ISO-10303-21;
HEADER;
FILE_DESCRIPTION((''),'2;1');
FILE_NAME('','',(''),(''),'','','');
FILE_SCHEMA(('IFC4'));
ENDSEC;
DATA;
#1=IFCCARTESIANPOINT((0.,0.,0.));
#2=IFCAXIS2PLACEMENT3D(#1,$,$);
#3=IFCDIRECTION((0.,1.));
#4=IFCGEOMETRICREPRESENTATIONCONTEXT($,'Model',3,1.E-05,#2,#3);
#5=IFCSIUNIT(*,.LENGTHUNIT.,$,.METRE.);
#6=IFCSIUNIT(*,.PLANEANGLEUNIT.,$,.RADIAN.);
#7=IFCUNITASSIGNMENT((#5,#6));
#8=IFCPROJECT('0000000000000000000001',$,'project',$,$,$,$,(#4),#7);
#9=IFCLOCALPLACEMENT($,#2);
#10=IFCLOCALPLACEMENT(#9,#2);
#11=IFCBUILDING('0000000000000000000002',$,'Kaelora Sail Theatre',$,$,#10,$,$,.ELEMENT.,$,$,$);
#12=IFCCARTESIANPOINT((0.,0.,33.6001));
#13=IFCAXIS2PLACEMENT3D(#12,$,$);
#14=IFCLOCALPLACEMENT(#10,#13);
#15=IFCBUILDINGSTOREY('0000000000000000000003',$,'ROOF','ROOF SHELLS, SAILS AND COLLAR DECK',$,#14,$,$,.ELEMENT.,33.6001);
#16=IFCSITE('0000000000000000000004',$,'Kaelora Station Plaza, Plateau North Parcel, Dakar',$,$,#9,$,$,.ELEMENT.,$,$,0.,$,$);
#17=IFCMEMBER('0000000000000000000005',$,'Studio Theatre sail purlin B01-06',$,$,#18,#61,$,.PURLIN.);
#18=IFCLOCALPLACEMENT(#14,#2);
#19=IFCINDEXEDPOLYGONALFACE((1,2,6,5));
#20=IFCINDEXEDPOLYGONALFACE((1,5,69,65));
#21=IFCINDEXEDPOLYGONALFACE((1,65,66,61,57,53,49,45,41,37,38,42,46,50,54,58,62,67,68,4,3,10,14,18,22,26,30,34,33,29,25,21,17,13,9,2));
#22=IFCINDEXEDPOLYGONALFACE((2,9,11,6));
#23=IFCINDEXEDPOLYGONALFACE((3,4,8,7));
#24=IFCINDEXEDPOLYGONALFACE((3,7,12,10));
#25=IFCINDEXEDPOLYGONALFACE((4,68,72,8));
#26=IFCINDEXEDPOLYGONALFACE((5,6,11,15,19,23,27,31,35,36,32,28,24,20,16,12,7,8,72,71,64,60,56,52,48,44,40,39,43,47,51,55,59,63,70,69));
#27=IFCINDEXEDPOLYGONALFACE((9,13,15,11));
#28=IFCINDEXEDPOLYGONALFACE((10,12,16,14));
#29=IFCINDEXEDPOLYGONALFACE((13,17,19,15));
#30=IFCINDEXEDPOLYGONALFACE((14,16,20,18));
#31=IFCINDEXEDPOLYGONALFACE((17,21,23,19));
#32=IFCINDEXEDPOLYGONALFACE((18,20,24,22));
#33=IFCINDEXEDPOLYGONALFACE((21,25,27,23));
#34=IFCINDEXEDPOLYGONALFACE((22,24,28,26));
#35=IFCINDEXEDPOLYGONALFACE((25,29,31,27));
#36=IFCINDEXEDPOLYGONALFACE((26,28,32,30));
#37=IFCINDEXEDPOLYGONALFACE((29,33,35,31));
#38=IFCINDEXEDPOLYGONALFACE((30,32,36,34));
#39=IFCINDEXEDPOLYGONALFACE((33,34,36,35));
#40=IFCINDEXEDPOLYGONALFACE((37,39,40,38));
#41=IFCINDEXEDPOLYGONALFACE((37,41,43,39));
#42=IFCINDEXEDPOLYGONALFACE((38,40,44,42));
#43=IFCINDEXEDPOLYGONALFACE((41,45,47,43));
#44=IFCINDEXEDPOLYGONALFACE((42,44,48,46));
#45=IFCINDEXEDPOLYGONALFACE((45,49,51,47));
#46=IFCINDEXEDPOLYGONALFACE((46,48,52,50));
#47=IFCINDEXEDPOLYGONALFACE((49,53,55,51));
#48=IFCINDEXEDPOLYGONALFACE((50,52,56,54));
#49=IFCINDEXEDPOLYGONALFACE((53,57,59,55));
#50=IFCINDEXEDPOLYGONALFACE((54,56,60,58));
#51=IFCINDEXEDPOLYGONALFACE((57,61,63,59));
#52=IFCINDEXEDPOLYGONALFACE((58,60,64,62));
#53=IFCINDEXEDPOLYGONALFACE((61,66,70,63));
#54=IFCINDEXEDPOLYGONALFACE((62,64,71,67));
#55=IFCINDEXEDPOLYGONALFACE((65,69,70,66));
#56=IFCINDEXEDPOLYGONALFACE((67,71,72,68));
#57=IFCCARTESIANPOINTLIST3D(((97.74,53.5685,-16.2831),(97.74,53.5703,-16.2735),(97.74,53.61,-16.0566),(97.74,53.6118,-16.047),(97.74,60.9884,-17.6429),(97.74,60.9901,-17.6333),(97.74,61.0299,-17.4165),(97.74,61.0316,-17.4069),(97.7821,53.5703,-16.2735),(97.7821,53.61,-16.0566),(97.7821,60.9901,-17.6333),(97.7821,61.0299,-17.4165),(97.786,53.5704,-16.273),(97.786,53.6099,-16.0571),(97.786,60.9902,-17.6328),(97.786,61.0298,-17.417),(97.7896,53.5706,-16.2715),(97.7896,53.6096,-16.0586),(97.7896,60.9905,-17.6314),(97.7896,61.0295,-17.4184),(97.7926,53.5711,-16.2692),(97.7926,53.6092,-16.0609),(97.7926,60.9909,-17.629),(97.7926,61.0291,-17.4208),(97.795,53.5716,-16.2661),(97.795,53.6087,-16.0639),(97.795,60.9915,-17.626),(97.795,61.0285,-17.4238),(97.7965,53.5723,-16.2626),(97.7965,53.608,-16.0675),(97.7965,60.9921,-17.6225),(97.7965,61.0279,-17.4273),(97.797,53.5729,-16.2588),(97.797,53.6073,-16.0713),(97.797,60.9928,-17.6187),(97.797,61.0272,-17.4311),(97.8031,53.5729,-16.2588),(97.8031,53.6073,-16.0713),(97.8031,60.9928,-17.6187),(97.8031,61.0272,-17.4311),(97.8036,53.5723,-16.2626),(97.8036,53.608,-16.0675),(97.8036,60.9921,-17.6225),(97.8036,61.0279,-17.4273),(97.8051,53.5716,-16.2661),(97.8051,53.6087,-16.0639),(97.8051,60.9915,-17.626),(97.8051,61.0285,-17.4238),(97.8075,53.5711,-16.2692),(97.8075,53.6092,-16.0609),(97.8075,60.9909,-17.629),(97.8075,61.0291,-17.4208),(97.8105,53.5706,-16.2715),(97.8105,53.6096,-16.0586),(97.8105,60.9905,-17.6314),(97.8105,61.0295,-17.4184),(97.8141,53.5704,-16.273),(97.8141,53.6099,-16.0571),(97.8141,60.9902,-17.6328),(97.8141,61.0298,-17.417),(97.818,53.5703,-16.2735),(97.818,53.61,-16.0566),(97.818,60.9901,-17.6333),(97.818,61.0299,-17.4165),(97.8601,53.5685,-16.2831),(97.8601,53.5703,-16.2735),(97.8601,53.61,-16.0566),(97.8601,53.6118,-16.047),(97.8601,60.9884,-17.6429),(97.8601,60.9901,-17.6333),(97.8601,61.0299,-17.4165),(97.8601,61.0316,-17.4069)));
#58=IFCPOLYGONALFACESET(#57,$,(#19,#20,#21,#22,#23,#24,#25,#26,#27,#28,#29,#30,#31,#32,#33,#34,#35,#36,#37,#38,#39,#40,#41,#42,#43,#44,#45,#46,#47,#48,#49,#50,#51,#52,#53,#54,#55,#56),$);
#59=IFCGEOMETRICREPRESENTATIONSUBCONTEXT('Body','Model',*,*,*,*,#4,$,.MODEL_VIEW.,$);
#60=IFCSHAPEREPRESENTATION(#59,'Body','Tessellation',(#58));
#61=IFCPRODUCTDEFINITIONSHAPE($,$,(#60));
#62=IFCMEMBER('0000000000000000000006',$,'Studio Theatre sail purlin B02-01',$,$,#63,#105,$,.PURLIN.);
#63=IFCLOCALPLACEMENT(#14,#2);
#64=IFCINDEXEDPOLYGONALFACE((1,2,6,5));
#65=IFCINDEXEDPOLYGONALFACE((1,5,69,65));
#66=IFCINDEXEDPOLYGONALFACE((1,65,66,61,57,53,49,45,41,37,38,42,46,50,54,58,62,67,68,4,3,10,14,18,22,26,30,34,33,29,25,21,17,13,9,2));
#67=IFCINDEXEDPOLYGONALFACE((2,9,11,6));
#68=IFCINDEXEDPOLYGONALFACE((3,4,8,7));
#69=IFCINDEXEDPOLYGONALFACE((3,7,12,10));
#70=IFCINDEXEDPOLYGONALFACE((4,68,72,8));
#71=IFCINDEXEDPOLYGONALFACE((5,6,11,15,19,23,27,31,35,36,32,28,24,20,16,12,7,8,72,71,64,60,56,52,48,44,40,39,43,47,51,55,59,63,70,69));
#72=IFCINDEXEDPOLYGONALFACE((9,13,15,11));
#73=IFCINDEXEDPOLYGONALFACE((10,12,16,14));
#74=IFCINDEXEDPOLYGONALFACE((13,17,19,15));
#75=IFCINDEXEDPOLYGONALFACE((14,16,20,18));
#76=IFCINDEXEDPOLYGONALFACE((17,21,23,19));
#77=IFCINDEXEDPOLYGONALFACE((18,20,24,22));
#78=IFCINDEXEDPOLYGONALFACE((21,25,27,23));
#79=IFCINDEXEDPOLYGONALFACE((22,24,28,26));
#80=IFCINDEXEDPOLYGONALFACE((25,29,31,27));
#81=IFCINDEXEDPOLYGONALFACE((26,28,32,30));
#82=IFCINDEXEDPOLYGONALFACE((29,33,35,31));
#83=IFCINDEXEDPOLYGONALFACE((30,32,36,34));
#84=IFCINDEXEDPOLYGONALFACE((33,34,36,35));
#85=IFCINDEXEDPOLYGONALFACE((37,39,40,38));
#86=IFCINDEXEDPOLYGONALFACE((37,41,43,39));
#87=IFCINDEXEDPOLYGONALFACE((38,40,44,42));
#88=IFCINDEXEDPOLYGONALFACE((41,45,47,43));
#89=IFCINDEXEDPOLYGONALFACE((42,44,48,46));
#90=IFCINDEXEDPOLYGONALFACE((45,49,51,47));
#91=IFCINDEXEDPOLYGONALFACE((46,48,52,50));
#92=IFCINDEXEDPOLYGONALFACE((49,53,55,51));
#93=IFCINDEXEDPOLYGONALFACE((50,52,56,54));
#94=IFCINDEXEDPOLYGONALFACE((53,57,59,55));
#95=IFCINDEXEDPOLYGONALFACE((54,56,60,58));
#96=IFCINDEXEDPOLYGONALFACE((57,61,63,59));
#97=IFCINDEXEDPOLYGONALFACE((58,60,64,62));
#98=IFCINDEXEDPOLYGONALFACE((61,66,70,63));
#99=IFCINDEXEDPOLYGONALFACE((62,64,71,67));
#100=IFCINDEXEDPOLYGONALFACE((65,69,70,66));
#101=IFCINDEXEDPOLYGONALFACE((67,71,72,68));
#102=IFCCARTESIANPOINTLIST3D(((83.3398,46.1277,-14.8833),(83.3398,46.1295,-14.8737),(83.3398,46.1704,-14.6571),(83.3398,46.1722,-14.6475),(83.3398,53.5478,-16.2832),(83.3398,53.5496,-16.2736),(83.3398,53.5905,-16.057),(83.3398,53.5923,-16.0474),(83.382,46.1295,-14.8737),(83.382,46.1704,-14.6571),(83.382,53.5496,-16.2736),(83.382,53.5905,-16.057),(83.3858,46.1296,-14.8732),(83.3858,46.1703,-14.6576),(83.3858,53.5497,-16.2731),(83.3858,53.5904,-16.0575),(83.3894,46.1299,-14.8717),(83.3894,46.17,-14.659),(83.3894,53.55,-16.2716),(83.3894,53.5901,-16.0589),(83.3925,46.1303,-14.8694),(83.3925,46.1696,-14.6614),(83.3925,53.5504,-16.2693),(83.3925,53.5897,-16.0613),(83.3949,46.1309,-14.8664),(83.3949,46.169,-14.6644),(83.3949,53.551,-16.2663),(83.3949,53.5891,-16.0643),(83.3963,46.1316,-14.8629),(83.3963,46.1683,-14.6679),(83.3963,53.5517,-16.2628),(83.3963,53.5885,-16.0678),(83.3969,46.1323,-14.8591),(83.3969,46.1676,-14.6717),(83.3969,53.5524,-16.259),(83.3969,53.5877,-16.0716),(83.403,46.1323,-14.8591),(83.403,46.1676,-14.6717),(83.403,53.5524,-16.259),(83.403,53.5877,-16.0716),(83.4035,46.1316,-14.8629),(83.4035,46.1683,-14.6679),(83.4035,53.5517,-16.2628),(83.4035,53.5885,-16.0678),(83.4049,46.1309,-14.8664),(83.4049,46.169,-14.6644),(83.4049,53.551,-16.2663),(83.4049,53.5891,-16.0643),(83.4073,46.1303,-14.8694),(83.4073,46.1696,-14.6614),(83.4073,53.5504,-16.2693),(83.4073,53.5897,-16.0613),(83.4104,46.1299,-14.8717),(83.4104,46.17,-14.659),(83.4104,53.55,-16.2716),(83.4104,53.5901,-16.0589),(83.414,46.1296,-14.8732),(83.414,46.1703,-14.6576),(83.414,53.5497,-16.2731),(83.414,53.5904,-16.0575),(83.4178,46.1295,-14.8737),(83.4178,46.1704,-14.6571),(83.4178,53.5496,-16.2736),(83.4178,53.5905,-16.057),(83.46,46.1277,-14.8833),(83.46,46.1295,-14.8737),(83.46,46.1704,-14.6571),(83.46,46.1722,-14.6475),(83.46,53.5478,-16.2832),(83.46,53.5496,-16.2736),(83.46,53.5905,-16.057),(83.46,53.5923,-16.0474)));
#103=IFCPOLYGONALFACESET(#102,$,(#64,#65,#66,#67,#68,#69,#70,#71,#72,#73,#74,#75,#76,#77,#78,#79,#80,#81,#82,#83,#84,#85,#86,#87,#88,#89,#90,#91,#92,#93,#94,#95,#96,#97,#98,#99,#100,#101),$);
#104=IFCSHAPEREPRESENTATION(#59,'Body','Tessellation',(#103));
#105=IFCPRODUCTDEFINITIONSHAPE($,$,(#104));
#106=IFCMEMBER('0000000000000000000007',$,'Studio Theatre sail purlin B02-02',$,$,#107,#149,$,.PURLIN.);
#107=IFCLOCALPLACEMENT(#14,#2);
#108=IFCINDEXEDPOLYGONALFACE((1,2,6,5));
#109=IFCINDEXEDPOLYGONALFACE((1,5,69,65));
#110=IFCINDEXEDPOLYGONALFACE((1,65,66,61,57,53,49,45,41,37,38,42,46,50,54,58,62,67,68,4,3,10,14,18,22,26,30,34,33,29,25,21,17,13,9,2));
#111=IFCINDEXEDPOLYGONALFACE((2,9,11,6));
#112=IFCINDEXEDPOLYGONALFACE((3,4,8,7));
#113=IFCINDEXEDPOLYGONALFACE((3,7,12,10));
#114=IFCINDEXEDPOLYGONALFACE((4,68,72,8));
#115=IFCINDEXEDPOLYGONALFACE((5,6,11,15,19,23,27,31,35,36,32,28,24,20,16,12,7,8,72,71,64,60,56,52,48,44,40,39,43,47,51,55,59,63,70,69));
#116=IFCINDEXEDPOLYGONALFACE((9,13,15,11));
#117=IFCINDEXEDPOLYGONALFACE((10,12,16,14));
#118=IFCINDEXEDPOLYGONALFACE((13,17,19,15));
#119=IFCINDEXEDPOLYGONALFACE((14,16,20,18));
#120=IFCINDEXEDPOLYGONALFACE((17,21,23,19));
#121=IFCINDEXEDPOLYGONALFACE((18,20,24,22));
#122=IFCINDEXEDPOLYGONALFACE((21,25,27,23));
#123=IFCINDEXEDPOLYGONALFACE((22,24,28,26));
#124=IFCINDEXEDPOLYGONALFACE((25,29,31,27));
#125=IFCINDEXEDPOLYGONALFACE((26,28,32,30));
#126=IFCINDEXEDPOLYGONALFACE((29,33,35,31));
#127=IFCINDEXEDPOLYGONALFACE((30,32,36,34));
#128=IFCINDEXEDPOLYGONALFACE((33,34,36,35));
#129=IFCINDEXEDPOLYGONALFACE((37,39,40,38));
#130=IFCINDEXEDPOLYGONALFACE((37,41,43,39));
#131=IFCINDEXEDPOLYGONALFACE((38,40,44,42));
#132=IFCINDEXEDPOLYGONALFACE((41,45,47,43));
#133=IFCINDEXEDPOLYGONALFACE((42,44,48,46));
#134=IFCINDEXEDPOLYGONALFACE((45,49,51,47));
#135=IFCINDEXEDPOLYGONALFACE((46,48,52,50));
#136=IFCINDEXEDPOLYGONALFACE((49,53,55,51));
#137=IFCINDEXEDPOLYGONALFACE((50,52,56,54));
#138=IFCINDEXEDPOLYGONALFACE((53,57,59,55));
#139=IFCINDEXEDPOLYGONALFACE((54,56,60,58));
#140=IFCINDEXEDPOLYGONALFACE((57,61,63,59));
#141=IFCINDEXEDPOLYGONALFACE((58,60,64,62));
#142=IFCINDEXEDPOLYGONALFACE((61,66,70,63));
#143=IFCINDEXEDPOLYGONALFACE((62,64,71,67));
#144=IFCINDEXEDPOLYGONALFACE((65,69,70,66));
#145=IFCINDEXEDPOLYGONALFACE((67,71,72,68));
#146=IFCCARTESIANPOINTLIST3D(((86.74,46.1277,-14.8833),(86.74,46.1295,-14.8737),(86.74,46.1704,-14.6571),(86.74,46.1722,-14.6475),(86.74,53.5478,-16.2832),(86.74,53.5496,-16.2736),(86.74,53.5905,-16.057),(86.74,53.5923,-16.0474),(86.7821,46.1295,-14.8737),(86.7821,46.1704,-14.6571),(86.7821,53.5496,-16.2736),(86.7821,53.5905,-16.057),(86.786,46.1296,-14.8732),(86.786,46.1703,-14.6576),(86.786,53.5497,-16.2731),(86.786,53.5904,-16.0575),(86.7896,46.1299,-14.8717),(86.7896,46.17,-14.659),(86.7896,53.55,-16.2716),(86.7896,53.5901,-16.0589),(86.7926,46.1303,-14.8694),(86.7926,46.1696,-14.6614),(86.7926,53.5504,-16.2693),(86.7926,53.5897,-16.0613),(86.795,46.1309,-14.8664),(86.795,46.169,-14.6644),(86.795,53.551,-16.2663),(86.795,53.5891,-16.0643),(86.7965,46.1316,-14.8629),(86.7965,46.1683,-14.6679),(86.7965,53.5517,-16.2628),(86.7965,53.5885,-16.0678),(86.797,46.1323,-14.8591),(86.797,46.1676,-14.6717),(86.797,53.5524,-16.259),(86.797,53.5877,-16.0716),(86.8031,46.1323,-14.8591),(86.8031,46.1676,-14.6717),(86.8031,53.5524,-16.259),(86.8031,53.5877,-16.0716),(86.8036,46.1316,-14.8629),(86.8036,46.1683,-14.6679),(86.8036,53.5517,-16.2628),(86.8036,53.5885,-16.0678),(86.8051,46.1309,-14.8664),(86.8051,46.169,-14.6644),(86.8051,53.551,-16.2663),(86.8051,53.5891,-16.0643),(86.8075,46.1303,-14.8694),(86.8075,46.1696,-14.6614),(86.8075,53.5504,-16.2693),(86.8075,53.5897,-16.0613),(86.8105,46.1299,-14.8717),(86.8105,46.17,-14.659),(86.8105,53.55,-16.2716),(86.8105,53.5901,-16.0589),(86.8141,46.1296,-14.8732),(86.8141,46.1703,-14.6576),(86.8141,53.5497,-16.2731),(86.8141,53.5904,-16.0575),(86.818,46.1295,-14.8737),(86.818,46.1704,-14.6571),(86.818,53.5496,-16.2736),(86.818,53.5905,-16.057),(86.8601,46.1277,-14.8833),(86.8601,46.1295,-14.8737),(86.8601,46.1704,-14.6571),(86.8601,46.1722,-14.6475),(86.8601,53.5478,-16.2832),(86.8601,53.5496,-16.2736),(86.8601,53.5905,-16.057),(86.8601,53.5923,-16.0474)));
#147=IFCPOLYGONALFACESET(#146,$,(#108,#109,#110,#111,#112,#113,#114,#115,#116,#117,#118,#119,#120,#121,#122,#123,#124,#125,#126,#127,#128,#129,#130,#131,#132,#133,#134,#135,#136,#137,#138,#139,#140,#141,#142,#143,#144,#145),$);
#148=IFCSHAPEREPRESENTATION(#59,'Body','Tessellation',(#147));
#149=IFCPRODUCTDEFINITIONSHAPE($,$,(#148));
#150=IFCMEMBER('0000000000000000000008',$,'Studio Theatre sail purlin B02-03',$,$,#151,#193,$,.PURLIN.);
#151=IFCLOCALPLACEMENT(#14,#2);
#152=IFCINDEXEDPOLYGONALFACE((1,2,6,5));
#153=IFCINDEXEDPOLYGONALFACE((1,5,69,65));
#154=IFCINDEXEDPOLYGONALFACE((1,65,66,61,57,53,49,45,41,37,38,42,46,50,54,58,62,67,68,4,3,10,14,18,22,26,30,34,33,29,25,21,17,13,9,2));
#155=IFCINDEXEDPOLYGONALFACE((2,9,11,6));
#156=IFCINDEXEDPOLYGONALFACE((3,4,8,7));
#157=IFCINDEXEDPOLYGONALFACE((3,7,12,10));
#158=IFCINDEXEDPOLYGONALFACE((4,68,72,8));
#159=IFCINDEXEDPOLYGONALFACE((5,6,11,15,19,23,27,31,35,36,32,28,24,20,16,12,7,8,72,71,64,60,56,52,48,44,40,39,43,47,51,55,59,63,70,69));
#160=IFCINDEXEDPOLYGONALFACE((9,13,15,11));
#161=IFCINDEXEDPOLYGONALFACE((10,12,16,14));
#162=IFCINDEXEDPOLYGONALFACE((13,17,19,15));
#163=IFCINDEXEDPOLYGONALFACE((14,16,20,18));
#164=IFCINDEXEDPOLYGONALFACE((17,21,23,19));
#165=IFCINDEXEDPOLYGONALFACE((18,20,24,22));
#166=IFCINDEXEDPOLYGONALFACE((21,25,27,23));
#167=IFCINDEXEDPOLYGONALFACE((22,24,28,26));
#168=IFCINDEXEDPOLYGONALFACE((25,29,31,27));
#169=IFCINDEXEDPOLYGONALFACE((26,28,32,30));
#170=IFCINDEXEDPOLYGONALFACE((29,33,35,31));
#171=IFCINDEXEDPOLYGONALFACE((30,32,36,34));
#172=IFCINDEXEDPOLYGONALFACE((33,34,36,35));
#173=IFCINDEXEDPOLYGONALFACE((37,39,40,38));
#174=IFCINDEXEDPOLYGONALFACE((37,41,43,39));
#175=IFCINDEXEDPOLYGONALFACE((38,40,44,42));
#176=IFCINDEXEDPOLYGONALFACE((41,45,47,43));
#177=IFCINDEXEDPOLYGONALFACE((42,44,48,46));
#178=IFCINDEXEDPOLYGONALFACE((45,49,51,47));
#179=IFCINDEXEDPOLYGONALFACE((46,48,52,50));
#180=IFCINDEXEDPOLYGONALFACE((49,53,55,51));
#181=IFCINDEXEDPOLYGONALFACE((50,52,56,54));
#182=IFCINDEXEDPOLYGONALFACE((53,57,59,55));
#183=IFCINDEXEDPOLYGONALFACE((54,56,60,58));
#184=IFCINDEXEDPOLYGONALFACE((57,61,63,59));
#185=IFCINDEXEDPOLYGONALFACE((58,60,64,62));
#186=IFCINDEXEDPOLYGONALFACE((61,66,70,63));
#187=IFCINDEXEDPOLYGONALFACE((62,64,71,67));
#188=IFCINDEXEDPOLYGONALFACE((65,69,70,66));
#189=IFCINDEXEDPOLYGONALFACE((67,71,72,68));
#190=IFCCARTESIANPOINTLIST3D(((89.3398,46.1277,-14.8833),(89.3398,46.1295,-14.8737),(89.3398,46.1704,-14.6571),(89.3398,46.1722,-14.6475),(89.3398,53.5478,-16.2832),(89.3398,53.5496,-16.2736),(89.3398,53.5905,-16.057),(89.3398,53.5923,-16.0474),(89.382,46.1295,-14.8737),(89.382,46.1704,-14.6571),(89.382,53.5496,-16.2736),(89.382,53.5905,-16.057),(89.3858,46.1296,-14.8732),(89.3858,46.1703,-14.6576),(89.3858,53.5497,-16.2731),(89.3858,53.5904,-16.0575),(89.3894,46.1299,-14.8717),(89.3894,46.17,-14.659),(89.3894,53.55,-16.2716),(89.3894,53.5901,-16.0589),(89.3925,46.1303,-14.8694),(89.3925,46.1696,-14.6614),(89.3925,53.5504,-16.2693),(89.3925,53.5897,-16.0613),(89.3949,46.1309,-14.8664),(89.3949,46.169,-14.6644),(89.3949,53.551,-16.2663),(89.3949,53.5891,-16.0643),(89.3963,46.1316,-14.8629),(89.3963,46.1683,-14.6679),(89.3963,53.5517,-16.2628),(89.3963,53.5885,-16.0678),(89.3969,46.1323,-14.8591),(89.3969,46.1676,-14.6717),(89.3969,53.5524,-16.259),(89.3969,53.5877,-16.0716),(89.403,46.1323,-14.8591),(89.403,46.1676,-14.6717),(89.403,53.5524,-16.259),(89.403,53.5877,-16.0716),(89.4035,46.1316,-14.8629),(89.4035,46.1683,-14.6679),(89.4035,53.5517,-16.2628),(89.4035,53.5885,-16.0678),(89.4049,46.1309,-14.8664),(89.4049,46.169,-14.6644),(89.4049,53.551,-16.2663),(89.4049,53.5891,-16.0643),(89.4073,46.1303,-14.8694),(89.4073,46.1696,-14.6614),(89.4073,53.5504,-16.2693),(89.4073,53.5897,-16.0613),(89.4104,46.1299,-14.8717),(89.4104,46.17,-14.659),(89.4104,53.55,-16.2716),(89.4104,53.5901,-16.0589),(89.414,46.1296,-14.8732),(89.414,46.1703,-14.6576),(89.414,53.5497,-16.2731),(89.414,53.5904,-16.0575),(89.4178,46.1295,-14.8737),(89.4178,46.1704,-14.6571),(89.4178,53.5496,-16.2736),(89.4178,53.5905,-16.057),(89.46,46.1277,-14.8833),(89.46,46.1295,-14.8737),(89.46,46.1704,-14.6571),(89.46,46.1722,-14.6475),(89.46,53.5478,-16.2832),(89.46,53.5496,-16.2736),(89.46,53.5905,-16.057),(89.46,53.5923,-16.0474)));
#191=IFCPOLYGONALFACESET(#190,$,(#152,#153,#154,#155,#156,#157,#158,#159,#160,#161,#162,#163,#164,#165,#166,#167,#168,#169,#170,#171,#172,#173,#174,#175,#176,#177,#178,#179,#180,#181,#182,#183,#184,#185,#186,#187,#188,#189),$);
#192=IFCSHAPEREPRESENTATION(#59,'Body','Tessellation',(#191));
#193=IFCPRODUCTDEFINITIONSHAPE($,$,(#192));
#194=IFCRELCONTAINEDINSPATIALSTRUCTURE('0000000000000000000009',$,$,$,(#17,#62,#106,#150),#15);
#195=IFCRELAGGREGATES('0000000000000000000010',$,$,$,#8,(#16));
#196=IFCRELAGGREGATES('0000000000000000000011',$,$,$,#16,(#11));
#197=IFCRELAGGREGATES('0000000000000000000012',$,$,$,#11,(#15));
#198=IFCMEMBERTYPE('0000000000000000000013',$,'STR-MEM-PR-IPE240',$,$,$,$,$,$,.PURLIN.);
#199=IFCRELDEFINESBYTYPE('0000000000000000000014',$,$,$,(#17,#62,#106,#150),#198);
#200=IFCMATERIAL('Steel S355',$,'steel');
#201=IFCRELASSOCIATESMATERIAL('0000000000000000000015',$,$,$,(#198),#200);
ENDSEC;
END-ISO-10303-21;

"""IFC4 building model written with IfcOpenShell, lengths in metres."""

from ifc_helpers import new_model, si_unit, direction, frame, origin, origin_2d, place, context, subcontext, project, spatial, i_section, extrude, material, material_profile, profile_set, type_object, element, save


model = new_model("IFC4")

# Units and contexts
model_context = context("Model", 3, precision=1e-05, world=origin(), true_north=direction((0.0, 1.0)))
body_context = subcontext(model_context, "Body", "Model", "MODEL_VIEW")
ifc_project = project(units=[si_unit("LENGTHUNIT", "METRE"), si_unit("PLANEANGLEUNIT", "RADIAN")], contexts=[model_context])

# Site, building, storey
site_placement = place(None, origin())
site = spatial("IfcSite", under=ifc_project, at=site_placement, Name="Kaelora Station Plaza, Plateau North Parcel, Dakar", CompositionType="ELEMENT", RefElevation=0.0)
building_placement = place(site_placement, origin())
building = spatial("IfcBuilding", under=site, at=building_placement, Name="Kaelora Sail Theatre", CompositionType="ELEMENT")
storey_placement = place(building_placement, frame((0.0, 0.0, 33.6001)))
storey = spatial("IfcBuildingStorey", under=building, at=storey_placement, Name="ROOF", Description="ROOF SHELLS, SAILS AND COLLAR DECK", CompositionType="ELEMENT", Elevation=33.6001)

# Members
ifc_material_1 = material(Name="Steel S355", Category="steel")
ifc_material_profile_1 = material_profile(ifc_material_1, i_section(OverallWidth=0.1201, OverallDepth=0.24, WebThickness=0.0061, FlangeThickness=0.0098, FilletRadius=0.0149, at=origin_2d()), Name="IPE 240")
ifc_profile_set_1 = profile_set([ifc_material_profile_1], Name="Steel S355")
member_type = type_object("IfcMemberType", Name="STR-MEM-PR-IPE240", PredefinedType="PURLIN", material=ifc_profile_set_1)
for number, where, z_axis, x_axis, name in (
    (1, (97.8, 61.01, -17.5249), (0.0, -0.983617, 0.180269), (1.0, 0.0, 0.0), "Studio Theatre sail purlin B01-06"),
):
    element("IfcMember", number, at=place(storey_placement, frame(where, z_axis=z_axis, x_axis=x_axis)), inside=storey, type_object=member_type, Name=name, PredefinedType="PURLIN", context=body_context, shape_type="SweptSolid", body=[
        extrude(i_section(OverallWidth=0.1201, OverallDepth=0.24, WebThickness=0.0061, FlangeThickness=0.0098, FilletRadius=0.0149, at=origin_2d()), origin(), (0.0, 0.0, 1.0), 7.5435),
    ])
for number, where, z_axis, x_axis, name in (
    (2, (83.3999, 53.5701, -16.1653), (0.0, -0.982665, 0.185391), (1.0, 0.0, 0.0), "Studio Theatre sail purlin B02-01"),
    (3, (86.8, 53.5701, -16.1653), (0.0, -0.982665, 0.185391), (1.0, 0.0, 0.0), "Studio Theatre sail purlin B02-02"),
    (4, (89.3999, 53.5701, -16.1653), (0.0, -0.982665, 0.185391), (1.0, 0.0, 0.0), "Studio Theatre sail purlin B02-03"),
):
    element("IfcMember", number, at=place(storey_placement, frame(where, z_axis=z_axis, x_axis=x_axis)), inside=storey, type_object=member_type, Name=name, PredefinedType="PURLIN", context=body_context, shape_type="SweptSolid", body=[
        extrude(i_section(OverallWidth=0.1201, OverallDepth=0.24, WebThickness=0.0061, FlangeThickness=0.0098, FilletRadius=0.0149, at=origin_2d()), origin(), (0.0, 0.0, 1.0), 7.551),
    ])

save(model, "model.ifc")
